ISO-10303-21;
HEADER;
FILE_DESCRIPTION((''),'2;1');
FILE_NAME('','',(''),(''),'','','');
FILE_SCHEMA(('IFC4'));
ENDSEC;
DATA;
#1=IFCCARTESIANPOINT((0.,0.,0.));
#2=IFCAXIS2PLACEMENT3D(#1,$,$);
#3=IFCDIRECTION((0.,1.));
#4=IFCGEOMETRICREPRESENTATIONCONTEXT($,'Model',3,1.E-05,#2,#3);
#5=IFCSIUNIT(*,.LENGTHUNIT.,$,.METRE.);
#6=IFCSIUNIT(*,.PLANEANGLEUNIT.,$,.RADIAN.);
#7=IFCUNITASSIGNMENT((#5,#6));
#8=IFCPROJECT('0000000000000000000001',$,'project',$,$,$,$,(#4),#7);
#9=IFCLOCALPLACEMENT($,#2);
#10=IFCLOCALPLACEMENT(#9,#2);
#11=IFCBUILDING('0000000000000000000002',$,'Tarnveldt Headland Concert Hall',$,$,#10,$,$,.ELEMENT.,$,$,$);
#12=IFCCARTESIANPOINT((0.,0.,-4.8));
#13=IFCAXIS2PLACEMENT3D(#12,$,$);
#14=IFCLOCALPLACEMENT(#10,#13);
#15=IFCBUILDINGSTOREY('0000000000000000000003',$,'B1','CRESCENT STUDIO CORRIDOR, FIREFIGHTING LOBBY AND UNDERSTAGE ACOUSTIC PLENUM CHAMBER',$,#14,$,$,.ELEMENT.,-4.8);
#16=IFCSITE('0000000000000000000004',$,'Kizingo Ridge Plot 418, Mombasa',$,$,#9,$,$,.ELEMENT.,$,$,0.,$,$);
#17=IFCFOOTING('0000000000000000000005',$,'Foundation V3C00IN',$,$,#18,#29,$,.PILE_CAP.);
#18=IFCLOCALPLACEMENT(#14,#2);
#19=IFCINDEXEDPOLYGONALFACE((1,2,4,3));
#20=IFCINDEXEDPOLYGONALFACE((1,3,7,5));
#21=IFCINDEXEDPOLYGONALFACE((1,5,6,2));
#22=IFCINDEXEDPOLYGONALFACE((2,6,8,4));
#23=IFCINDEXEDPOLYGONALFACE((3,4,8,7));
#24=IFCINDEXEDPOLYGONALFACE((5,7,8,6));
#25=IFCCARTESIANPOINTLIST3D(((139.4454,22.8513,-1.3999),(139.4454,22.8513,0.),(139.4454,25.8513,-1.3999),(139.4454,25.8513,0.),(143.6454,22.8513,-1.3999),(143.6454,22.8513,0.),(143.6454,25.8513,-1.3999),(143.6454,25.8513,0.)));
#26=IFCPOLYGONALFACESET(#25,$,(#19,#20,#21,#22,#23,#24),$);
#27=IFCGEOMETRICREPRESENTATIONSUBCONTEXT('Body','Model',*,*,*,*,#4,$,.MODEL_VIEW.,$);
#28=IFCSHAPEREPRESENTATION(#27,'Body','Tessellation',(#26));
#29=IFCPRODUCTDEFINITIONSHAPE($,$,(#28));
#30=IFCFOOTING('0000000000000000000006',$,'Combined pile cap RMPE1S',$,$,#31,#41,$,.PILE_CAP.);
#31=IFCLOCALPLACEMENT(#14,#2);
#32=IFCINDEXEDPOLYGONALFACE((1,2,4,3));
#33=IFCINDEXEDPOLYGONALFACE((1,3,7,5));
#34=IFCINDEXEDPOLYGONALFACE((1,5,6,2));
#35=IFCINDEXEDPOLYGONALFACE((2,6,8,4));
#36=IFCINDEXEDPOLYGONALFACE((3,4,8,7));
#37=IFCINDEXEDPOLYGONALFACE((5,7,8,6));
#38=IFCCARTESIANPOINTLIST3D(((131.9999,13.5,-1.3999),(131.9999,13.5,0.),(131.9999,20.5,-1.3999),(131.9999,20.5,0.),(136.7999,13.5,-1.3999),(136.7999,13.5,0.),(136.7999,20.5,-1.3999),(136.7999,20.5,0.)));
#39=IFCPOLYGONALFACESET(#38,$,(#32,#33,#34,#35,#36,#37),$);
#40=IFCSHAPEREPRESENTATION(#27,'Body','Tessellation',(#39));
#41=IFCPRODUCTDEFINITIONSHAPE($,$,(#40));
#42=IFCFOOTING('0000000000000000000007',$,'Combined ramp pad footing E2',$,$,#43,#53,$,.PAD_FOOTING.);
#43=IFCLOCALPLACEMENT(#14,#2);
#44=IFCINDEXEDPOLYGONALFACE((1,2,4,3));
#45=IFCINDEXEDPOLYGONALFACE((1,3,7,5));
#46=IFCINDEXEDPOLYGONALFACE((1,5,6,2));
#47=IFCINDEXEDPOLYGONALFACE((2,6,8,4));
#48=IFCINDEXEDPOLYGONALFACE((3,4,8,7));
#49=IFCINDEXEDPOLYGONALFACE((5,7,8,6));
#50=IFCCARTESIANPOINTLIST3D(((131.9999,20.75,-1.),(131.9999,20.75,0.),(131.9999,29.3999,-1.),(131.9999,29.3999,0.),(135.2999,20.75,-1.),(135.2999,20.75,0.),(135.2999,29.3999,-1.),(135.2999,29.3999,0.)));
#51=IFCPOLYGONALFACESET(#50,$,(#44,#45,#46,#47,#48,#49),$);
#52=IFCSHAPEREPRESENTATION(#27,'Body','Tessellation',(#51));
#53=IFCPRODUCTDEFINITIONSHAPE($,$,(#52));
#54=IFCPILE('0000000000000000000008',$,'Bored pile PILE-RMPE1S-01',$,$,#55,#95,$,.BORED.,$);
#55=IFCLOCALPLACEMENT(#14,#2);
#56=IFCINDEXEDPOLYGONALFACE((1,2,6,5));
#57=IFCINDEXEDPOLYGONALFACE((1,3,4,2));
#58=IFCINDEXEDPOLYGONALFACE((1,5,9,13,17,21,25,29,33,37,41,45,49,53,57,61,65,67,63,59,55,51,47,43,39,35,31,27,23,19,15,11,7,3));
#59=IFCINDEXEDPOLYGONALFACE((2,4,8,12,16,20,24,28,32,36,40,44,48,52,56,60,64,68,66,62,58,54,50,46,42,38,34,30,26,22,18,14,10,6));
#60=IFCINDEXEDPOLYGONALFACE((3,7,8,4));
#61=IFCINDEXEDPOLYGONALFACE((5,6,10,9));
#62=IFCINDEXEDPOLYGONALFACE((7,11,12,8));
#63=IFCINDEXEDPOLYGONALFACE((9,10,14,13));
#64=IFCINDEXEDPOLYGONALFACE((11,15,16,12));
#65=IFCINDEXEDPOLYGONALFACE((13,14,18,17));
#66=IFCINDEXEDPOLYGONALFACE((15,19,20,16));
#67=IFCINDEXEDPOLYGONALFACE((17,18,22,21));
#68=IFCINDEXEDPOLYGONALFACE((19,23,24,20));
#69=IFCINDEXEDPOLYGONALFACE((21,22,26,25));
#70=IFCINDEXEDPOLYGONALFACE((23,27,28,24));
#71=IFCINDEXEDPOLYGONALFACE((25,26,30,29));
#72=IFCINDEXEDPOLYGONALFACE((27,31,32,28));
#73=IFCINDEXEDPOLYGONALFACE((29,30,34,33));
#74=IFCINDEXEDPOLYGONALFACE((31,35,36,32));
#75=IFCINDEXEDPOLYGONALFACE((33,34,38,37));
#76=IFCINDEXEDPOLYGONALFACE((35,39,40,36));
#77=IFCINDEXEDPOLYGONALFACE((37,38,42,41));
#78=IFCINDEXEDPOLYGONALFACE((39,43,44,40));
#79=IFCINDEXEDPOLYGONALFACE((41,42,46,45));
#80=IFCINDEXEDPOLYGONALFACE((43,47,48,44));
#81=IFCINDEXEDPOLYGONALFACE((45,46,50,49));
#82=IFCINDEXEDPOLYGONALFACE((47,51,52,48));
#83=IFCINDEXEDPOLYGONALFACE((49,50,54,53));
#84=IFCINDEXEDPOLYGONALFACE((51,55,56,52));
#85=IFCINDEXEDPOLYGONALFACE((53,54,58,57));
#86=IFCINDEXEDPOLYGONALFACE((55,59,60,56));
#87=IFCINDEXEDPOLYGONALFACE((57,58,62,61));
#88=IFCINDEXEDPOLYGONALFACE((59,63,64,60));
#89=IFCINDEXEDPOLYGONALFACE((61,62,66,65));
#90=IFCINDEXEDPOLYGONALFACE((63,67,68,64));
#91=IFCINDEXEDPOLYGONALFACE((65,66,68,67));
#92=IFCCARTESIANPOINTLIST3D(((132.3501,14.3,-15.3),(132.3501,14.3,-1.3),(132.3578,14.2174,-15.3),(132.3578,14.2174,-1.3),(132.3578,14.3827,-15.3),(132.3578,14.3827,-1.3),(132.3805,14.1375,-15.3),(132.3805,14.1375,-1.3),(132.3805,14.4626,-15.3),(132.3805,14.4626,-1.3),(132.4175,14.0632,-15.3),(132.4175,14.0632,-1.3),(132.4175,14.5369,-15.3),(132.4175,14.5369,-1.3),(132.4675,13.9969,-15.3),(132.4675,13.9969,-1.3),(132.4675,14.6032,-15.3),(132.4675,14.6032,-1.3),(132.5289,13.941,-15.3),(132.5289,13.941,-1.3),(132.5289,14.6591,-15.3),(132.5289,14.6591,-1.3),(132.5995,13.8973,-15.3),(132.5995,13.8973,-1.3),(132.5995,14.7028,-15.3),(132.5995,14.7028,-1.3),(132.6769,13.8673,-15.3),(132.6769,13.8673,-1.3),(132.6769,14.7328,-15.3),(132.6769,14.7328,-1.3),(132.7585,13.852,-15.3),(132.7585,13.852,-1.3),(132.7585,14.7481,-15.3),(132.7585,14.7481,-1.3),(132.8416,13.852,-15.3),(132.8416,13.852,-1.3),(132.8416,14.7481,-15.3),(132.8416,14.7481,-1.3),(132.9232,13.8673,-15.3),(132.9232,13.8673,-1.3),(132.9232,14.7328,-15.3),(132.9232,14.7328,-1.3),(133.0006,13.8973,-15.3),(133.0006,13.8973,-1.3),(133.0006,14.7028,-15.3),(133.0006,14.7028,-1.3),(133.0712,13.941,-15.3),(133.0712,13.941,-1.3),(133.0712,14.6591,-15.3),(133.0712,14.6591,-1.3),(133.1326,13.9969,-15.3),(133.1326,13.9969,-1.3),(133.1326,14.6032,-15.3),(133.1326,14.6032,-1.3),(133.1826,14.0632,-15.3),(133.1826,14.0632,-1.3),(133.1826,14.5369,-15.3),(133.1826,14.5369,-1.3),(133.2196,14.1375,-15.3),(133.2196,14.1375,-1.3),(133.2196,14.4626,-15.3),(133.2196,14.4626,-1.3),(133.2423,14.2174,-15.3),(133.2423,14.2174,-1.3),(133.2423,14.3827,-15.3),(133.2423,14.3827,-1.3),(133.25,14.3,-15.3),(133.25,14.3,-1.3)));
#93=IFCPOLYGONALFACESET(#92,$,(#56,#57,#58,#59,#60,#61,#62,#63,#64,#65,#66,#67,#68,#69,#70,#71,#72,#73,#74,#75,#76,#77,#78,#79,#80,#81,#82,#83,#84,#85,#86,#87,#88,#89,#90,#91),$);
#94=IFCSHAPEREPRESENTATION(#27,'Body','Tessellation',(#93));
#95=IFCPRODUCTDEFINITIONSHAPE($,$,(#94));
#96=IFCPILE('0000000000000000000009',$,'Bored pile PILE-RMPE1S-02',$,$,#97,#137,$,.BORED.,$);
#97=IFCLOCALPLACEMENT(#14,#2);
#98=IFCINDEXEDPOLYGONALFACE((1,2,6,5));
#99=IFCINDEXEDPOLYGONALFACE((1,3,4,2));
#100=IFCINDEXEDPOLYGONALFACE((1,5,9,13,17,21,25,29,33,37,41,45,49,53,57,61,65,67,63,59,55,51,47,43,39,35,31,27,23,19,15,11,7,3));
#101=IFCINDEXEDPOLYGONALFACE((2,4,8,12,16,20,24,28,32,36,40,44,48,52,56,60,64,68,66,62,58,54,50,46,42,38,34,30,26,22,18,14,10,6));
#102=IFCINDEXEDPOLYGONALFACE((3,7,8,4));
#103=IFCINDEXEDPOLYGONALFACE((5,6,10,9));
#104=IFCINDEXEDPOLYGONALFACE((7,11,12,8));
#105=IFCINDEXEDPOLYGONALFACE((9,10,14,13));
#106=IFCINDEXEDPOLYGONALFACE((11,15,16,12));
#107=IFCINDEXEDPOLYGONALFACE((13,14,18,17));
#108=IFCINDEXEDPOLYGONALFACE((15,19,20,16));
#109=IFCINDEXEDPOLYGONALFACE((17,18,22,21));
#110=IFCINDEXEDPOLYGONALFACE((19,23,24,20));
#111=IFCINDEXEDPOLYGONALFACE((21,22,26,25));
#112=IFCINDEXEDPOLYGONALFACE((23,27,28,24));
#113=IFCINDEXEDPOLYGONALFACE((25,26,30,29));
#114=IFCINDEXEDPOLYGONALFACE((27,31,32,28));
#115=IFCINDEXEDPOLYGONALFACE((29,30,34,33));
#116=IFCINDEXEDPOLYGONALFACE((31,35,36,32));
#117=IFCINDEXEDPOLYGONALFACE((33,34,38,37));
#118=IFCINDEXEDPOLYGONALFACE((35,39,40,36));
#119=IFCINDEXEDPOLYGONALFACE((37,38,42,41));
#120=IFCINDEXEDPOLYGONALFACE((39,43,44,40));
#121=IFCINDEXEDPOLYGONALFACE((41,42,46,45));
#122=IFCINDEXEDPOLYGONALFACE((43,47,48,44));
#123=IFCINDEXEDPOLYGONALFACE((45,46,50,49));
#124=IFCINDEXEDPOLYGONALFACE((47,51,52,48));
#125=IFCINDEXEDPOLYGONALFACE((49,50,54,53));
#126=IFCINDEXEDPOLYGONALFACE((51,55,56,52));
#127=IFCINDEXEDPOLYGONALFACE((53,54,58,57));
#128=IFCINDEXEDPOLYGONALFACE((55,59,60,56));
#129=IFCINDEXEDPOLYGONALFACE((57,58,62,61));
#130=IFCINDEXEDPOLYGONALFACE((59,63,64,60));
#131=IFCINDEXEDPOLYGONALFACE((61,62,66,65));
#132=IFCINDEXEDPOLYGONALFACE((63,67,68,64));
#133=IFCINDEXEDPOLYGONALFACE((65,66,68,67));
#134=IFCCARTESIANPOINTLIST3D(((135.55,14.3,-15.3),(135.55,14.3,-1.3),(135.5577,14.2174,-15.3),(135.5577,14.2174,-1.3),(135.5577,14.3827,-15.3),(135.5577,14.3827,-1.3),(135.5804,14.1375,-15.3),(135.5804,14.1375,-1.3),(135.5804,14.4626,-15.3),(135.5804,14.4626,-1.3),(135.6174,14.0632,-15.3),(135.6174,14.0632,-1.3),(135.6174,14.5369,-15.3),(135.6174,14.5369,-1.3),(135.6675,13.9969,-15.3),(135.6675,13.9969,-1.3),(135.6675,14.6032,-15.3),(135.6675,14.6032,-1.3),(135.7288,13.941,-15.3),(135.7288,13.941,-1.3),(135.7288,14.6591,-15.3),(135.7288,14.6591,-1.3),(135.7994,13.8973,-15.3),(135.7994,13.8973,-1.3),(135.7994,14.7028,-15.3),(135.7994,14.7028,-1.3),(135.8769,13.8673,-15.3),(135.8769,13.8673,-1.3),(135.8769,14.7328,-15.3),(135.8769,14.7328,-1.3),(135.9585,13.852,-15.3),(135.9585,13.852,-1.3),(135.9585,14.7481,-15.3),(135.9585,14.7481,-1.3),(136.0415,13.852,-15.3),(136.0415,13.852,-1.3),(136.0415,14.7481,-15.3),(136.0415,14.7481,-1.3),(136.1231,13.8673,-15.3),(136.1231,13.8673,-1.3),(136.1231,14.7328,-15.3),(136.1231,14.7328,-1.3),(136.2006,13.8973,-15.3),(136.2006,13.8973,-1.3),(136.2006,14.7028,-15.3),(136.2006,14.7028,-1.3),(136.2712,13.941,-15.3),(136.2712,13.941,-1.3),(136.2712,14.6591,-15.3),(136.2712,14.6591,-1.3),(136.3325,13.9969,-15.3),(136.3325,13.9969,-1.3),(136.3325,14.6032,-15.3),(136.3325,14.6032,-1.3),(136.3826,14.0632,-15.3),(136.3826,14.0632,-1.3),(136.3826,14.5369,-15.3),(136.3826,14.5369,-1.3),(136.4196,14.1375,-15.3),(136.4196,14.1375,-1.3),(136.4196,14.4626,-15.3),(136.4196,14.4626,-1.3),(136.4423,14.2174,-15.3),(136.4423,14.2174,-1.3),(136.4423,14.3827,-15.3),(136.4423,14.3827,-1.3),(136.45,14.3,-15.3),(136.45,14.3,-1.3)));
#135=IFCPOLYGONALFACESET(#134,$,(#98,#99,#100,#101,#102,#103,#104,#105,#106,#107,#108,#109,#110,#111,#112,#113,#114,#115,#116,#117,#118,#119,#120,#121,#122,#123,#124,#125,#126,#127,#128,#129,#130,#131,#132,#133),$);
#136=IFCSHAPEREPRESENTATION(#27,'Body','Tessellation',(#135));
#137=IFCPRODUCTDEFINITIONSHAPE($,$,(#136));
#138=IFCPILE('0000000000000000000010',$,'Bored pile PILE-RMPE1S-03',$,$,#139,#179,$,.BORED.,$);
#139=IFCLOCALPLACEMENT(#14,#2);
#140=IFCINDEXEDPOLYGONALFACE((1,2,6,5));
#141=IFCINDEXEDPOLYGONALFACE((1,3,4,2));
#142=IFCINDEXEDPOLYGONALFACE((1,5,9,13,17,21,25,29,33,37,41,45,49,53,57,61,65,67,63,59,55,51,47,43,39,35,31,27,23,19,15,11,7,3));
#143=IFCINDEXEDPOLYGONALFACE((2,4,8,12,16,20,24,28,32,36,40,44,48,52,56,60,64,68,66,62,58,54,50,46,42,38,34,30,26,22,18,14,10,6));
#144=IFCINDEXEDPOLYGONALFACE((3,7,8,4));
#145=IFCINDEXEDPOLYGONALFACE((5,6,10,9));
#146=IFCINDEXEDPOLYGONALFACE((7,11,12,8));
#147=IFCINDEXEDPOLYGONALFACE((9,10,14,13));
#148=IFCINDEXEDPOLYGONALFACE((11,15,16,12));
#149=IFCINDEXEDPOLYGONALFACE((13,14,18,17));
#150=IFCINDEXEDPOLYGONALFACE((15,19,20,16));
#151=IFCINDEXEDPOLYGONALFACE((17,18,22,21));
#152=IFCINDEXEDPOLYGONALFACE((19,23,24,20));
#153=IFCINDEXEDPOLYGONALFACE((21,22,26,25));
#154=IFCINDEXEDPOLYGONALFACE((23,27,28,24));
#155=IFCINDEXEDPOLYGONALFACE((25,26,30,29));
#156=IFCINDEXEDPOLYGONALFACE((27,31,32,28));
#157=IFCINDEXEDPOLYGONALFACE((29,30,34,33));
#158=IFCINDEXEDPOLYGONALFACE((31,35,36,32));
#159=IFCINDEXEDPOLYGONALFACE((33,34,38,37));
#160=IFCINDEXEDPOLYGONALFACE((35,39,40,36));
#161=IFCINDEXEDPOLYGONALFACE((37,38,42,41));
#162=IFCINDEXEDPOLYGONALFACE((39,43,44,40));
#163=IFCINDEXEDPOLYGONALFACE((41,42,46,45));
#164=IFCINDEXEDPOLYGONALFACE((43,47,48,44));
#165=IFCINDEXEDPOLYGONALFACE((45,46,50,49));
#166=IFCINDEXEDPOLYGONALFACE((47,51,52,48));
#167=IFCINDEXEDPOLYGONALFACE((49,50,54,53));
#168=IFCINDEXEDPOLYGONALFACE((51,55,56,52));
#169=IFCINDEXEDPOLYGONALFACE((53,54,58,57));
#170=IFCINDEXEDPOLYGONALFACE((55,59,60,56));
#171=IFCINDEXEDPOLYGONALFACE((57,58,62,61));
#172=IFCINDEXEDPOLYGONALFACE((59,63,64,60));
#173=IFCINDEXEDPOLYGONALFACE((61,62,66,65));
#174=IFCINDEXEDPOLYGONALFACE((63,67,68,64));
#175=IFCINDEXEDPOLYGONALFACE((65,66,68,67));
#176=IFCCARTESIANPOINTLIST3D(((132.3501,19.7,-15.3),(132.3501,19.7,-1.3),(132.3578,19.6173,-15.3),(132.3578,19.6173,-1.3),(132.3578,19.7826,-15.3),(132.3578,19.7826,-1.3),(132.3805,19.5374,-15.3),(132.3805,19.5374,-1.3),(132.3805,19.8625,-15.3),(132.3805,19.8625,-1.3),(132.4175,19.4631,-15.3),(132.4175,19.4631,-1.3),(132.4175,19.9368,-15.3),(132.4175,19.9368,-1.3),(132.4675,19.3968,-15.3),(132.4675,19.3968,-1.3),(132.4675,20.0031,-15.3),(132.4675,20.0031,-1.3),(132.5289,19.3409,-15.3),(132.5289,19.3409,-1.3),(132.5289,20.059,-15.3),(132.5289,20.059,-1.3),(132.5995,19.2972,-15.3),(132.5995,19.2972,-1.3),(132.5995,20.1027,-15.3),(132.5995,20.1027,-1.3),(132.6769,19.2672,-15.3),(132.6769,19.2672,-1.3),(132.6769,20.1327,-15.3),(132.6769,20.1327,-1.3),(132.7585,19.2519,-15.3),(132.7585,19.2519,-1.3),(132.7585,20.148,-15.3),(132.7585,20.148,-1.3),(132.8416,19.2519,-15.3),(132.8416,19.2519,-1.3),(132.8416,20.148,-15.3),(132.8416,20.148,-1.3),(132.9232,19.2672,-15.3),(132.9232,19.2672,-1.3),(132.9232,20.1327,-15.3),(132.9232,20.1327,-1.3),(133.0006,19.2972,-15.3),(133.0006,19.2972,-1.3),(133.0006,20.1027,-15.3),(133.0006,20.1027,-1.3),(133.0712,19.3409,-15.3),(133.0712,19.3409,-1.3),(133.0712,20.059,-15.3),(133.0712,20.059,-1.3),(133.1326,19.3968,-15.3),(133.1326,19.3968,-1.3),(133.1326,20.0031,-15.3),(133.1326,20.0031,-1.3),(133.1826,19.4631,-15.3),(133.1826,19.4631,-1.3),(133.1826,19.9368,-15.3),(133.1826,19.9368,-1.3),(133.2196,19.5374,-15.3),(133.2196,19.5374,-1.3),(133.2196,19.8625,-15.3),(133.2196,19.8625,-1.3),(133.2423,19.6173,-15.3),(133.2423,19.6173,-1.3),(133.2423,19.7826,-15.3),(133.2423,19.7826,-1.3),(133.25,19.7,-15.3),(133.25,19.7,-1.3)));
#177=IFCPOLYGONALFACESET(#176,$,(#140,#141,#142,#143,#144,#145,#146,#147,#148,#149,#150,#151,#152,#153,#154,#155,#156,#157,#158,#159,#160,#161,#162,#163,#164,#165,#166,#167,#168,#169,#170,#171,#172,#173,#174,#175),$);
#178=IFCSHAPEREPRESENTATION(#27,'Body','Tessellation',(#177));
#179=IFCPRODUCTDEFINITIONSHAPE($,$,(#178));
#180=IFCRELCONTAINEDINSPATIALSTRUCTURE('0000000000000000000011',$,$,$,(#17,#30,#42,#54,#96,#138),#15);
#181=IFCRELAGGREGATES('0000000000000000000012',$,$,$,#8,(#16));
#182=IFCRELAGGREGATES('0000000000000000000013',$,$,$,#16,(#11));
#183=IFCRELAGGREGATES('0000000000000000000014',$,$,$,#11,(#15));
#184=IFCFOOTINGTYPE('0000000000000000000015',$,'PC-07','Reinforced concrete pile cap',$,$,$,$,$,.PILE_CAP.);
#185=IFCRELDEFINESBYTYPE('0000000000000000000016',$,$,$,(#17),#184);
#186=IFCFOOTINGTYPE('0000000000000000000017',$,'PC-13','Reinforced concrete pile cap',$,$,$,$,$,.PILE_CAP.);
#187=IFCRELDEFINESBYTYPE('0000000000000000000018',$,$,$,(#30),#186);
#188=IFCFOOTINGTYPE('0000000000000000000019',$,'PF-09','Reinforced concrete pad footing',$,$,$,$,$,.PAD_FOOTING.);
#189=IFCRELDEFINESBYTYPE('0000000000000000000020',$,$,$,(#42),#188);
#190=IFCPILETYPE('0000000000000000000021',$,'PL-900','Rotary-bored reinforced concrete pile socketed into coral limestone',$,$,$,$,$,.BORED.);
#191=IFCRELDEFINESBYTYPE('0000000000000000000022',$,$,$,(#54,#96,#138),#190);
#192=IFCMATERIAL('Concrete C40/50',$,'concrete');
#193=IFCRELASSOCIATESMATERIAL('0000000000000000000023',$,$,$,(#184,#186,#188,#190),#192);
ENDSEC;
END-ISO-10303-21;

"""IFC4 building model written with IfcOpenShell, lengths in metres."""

from ifc_helpers import new_model, si_unit, direction, frame, origin, origin_2d, place, context, subcontext, project, spatial, rectangle, circle, extrude, material, material_profile, profile_set, type_object, element, save


model = new_model("IFC4")

# Units and contexts
model_context = context("Model", 3, precision=1e-05, world=origin(), true_north=direction((0.0, 1.0)))
body_context = subcontext(model_context, "Body", "Model", "MODEL_VIEW")
ifc_project = project(units=[si_unit("LENGTHUNIT", "METRE"), si_unit("PLANEANGLEUNIT", "RADIAN")], contexts=[model_context])

# Site, building, storey
site_placement = place(None, origin())
site = spatial("IfcSite", under=ifc_project, at=site_placement, Name="Kizingo Ridge Plot 418, Mombasa", CompositionType="ELEMENT", RefElevation=0.0)
building_placement = place(site_placement, origin())
building = spatial("IfcBuilding", under=site, at=building_placement, Name="Tarnveldt Headland Concert Hall", CompositionType="ELEMENT")
storey_placement = place(building_placement, frame((0.0, 0.0, -4.8)))
storey = spatial("IfcBuildingStorey", under=building, at=storey_placement, Name="B1", Description="CRESCENT STUDIO CORRIDOR, FIREFIGHTING LOBBY AND UNDERSTAGE ACOUSTIC PLENUM CHAMBER", CompositionType="ELEMENT", Elevation=-4.8)

# Footings
ifc_material_1 = material(Name="Concrete C40/50", Category="concrete")
footing_type_1 = type_object("IfcFootingType", Name="PC-07", Description="Reinforced concrete pile cap", PredefinedType="PILE_CAP", material=ifc_material_1)
footing_1_placement = place(storey_placement, frame((141.5454, 24.3513, -1.3999), z_axis=(0.0, 0.0, 1.0), x_axis=(1.0, 0.0, 0.0)))
element("IfcFooting", 1, at=footing_1_placement, inside=storey, type_object=footing_type_1, Name="Foundation V3C00IN", PredefinedType="PILE_CAP", context=body_context, shape_type="SweptSolid", body=[
    extrude(rectangle(XDim=4.2, YDim=3.0, at=origin_2d()), origin(), (0.0, 0.0, 1.0), 1.3999),
])
footing_type_2 = type_object("IfcFootingType", Name="PC-13", Description="Reinforced concrete pile cap", PredefinedType="PILE_CAP", material=ifc_material_1)
footing_2_placement = place(storey_placement, frame((134.3999, 17.0, -1.3999), z_axis=(0.0, 0.0, 1.0), x_axis=(1.0, 0.0, 0.0)))
element("IfcFooting", 2, at=footing_2_placement, inside=storey, type_object=footing_type_2, Name="Combined pile cap RMPE1S", PredefinedType="PILE_CAP", context=body_context, shape_type="SweptSolid", body=[
    extrude(rectangle(XDim=4.8, YDim=7.0, at=origin_2d()), origin(), (0.0, 0.0, 1.0), 1.3999),
])
footing_type_3 = type_object("IfcFootingType", Name="PF-09", Description="Reinforced concrete pad footing", PredefinedType="PAD_FOOTING", material=ifc_material_1)
footing_3_placement = place(storey_placement, frame((133.6499, 25.075, -1.0), z_axis=(0.0, 0.0, 1.0), x_axis=(1.0, 0.0, 0.0)))
element("IfcFooting", 3, at=footing_3_placement, inside=storey, type_object=footing_type_3, Name="Combined ramp pad footing E2", PredefinedType="PAD_FOOTING", context=body_context, shape_type="SweptSolid", body=[
    extrude(rectangle(XDim=3.3, YDim=8.6499, at=origin_2d()), origin(), (0.0, 0.0, 1.0), 1.0),
])

# Piles
ifc_material_profile_1 = material_profile(ifc_material_1, circle(Radius=0.45, at=origin_2d()), Name="BORED PILE D900", Category="concrete")
ifc_profile_set_1 = profile_set([ifc_material_profile_1], Name="Concrete C40/50")
pile_type = type_object("IfcPileType", Name="PL-900", Description="Rotary-bored reinforced concrete pile socketed into coral limestone", PredefinedType="BORED", material=ifc_profile_set_1)
for number, where, z_axis, x_axis, name in (
    (4, (132.8, 14.3, -1.3), (0.0, 0.0, -1.0), (1.0, 0.0, 0.0), "Bored pile PILE-RMPE1S-01"),
    (5, (136.0, 14.3, -1.3), (0.0, 0.0, -1.0), (1.0, 0.0, 0.0), "Bored pile PILE-RMPE1S-02"),
    (6, (132.8, 19.7, -1.3), (0.0, 0.0, -1.0), (1.0, 0.0, 0.0), "Bored pile PILE-RMPE1S-03"),
):
    element("IfcPile", number, at=place(storey_placement, frame(where, z_axis=z_axis, x_axis=x_axis)), inside=storey, type_object=pile_type, Name=name, PredefinedType="BORED", context=body_context, shape_type="SweptSolid", body=[
        extrude(circle(Radius=0.45, at=origin_2d()), origin(), (0.0, 0.0, 1.0), 14.0),
    ])

save(model, "model.ifc")
